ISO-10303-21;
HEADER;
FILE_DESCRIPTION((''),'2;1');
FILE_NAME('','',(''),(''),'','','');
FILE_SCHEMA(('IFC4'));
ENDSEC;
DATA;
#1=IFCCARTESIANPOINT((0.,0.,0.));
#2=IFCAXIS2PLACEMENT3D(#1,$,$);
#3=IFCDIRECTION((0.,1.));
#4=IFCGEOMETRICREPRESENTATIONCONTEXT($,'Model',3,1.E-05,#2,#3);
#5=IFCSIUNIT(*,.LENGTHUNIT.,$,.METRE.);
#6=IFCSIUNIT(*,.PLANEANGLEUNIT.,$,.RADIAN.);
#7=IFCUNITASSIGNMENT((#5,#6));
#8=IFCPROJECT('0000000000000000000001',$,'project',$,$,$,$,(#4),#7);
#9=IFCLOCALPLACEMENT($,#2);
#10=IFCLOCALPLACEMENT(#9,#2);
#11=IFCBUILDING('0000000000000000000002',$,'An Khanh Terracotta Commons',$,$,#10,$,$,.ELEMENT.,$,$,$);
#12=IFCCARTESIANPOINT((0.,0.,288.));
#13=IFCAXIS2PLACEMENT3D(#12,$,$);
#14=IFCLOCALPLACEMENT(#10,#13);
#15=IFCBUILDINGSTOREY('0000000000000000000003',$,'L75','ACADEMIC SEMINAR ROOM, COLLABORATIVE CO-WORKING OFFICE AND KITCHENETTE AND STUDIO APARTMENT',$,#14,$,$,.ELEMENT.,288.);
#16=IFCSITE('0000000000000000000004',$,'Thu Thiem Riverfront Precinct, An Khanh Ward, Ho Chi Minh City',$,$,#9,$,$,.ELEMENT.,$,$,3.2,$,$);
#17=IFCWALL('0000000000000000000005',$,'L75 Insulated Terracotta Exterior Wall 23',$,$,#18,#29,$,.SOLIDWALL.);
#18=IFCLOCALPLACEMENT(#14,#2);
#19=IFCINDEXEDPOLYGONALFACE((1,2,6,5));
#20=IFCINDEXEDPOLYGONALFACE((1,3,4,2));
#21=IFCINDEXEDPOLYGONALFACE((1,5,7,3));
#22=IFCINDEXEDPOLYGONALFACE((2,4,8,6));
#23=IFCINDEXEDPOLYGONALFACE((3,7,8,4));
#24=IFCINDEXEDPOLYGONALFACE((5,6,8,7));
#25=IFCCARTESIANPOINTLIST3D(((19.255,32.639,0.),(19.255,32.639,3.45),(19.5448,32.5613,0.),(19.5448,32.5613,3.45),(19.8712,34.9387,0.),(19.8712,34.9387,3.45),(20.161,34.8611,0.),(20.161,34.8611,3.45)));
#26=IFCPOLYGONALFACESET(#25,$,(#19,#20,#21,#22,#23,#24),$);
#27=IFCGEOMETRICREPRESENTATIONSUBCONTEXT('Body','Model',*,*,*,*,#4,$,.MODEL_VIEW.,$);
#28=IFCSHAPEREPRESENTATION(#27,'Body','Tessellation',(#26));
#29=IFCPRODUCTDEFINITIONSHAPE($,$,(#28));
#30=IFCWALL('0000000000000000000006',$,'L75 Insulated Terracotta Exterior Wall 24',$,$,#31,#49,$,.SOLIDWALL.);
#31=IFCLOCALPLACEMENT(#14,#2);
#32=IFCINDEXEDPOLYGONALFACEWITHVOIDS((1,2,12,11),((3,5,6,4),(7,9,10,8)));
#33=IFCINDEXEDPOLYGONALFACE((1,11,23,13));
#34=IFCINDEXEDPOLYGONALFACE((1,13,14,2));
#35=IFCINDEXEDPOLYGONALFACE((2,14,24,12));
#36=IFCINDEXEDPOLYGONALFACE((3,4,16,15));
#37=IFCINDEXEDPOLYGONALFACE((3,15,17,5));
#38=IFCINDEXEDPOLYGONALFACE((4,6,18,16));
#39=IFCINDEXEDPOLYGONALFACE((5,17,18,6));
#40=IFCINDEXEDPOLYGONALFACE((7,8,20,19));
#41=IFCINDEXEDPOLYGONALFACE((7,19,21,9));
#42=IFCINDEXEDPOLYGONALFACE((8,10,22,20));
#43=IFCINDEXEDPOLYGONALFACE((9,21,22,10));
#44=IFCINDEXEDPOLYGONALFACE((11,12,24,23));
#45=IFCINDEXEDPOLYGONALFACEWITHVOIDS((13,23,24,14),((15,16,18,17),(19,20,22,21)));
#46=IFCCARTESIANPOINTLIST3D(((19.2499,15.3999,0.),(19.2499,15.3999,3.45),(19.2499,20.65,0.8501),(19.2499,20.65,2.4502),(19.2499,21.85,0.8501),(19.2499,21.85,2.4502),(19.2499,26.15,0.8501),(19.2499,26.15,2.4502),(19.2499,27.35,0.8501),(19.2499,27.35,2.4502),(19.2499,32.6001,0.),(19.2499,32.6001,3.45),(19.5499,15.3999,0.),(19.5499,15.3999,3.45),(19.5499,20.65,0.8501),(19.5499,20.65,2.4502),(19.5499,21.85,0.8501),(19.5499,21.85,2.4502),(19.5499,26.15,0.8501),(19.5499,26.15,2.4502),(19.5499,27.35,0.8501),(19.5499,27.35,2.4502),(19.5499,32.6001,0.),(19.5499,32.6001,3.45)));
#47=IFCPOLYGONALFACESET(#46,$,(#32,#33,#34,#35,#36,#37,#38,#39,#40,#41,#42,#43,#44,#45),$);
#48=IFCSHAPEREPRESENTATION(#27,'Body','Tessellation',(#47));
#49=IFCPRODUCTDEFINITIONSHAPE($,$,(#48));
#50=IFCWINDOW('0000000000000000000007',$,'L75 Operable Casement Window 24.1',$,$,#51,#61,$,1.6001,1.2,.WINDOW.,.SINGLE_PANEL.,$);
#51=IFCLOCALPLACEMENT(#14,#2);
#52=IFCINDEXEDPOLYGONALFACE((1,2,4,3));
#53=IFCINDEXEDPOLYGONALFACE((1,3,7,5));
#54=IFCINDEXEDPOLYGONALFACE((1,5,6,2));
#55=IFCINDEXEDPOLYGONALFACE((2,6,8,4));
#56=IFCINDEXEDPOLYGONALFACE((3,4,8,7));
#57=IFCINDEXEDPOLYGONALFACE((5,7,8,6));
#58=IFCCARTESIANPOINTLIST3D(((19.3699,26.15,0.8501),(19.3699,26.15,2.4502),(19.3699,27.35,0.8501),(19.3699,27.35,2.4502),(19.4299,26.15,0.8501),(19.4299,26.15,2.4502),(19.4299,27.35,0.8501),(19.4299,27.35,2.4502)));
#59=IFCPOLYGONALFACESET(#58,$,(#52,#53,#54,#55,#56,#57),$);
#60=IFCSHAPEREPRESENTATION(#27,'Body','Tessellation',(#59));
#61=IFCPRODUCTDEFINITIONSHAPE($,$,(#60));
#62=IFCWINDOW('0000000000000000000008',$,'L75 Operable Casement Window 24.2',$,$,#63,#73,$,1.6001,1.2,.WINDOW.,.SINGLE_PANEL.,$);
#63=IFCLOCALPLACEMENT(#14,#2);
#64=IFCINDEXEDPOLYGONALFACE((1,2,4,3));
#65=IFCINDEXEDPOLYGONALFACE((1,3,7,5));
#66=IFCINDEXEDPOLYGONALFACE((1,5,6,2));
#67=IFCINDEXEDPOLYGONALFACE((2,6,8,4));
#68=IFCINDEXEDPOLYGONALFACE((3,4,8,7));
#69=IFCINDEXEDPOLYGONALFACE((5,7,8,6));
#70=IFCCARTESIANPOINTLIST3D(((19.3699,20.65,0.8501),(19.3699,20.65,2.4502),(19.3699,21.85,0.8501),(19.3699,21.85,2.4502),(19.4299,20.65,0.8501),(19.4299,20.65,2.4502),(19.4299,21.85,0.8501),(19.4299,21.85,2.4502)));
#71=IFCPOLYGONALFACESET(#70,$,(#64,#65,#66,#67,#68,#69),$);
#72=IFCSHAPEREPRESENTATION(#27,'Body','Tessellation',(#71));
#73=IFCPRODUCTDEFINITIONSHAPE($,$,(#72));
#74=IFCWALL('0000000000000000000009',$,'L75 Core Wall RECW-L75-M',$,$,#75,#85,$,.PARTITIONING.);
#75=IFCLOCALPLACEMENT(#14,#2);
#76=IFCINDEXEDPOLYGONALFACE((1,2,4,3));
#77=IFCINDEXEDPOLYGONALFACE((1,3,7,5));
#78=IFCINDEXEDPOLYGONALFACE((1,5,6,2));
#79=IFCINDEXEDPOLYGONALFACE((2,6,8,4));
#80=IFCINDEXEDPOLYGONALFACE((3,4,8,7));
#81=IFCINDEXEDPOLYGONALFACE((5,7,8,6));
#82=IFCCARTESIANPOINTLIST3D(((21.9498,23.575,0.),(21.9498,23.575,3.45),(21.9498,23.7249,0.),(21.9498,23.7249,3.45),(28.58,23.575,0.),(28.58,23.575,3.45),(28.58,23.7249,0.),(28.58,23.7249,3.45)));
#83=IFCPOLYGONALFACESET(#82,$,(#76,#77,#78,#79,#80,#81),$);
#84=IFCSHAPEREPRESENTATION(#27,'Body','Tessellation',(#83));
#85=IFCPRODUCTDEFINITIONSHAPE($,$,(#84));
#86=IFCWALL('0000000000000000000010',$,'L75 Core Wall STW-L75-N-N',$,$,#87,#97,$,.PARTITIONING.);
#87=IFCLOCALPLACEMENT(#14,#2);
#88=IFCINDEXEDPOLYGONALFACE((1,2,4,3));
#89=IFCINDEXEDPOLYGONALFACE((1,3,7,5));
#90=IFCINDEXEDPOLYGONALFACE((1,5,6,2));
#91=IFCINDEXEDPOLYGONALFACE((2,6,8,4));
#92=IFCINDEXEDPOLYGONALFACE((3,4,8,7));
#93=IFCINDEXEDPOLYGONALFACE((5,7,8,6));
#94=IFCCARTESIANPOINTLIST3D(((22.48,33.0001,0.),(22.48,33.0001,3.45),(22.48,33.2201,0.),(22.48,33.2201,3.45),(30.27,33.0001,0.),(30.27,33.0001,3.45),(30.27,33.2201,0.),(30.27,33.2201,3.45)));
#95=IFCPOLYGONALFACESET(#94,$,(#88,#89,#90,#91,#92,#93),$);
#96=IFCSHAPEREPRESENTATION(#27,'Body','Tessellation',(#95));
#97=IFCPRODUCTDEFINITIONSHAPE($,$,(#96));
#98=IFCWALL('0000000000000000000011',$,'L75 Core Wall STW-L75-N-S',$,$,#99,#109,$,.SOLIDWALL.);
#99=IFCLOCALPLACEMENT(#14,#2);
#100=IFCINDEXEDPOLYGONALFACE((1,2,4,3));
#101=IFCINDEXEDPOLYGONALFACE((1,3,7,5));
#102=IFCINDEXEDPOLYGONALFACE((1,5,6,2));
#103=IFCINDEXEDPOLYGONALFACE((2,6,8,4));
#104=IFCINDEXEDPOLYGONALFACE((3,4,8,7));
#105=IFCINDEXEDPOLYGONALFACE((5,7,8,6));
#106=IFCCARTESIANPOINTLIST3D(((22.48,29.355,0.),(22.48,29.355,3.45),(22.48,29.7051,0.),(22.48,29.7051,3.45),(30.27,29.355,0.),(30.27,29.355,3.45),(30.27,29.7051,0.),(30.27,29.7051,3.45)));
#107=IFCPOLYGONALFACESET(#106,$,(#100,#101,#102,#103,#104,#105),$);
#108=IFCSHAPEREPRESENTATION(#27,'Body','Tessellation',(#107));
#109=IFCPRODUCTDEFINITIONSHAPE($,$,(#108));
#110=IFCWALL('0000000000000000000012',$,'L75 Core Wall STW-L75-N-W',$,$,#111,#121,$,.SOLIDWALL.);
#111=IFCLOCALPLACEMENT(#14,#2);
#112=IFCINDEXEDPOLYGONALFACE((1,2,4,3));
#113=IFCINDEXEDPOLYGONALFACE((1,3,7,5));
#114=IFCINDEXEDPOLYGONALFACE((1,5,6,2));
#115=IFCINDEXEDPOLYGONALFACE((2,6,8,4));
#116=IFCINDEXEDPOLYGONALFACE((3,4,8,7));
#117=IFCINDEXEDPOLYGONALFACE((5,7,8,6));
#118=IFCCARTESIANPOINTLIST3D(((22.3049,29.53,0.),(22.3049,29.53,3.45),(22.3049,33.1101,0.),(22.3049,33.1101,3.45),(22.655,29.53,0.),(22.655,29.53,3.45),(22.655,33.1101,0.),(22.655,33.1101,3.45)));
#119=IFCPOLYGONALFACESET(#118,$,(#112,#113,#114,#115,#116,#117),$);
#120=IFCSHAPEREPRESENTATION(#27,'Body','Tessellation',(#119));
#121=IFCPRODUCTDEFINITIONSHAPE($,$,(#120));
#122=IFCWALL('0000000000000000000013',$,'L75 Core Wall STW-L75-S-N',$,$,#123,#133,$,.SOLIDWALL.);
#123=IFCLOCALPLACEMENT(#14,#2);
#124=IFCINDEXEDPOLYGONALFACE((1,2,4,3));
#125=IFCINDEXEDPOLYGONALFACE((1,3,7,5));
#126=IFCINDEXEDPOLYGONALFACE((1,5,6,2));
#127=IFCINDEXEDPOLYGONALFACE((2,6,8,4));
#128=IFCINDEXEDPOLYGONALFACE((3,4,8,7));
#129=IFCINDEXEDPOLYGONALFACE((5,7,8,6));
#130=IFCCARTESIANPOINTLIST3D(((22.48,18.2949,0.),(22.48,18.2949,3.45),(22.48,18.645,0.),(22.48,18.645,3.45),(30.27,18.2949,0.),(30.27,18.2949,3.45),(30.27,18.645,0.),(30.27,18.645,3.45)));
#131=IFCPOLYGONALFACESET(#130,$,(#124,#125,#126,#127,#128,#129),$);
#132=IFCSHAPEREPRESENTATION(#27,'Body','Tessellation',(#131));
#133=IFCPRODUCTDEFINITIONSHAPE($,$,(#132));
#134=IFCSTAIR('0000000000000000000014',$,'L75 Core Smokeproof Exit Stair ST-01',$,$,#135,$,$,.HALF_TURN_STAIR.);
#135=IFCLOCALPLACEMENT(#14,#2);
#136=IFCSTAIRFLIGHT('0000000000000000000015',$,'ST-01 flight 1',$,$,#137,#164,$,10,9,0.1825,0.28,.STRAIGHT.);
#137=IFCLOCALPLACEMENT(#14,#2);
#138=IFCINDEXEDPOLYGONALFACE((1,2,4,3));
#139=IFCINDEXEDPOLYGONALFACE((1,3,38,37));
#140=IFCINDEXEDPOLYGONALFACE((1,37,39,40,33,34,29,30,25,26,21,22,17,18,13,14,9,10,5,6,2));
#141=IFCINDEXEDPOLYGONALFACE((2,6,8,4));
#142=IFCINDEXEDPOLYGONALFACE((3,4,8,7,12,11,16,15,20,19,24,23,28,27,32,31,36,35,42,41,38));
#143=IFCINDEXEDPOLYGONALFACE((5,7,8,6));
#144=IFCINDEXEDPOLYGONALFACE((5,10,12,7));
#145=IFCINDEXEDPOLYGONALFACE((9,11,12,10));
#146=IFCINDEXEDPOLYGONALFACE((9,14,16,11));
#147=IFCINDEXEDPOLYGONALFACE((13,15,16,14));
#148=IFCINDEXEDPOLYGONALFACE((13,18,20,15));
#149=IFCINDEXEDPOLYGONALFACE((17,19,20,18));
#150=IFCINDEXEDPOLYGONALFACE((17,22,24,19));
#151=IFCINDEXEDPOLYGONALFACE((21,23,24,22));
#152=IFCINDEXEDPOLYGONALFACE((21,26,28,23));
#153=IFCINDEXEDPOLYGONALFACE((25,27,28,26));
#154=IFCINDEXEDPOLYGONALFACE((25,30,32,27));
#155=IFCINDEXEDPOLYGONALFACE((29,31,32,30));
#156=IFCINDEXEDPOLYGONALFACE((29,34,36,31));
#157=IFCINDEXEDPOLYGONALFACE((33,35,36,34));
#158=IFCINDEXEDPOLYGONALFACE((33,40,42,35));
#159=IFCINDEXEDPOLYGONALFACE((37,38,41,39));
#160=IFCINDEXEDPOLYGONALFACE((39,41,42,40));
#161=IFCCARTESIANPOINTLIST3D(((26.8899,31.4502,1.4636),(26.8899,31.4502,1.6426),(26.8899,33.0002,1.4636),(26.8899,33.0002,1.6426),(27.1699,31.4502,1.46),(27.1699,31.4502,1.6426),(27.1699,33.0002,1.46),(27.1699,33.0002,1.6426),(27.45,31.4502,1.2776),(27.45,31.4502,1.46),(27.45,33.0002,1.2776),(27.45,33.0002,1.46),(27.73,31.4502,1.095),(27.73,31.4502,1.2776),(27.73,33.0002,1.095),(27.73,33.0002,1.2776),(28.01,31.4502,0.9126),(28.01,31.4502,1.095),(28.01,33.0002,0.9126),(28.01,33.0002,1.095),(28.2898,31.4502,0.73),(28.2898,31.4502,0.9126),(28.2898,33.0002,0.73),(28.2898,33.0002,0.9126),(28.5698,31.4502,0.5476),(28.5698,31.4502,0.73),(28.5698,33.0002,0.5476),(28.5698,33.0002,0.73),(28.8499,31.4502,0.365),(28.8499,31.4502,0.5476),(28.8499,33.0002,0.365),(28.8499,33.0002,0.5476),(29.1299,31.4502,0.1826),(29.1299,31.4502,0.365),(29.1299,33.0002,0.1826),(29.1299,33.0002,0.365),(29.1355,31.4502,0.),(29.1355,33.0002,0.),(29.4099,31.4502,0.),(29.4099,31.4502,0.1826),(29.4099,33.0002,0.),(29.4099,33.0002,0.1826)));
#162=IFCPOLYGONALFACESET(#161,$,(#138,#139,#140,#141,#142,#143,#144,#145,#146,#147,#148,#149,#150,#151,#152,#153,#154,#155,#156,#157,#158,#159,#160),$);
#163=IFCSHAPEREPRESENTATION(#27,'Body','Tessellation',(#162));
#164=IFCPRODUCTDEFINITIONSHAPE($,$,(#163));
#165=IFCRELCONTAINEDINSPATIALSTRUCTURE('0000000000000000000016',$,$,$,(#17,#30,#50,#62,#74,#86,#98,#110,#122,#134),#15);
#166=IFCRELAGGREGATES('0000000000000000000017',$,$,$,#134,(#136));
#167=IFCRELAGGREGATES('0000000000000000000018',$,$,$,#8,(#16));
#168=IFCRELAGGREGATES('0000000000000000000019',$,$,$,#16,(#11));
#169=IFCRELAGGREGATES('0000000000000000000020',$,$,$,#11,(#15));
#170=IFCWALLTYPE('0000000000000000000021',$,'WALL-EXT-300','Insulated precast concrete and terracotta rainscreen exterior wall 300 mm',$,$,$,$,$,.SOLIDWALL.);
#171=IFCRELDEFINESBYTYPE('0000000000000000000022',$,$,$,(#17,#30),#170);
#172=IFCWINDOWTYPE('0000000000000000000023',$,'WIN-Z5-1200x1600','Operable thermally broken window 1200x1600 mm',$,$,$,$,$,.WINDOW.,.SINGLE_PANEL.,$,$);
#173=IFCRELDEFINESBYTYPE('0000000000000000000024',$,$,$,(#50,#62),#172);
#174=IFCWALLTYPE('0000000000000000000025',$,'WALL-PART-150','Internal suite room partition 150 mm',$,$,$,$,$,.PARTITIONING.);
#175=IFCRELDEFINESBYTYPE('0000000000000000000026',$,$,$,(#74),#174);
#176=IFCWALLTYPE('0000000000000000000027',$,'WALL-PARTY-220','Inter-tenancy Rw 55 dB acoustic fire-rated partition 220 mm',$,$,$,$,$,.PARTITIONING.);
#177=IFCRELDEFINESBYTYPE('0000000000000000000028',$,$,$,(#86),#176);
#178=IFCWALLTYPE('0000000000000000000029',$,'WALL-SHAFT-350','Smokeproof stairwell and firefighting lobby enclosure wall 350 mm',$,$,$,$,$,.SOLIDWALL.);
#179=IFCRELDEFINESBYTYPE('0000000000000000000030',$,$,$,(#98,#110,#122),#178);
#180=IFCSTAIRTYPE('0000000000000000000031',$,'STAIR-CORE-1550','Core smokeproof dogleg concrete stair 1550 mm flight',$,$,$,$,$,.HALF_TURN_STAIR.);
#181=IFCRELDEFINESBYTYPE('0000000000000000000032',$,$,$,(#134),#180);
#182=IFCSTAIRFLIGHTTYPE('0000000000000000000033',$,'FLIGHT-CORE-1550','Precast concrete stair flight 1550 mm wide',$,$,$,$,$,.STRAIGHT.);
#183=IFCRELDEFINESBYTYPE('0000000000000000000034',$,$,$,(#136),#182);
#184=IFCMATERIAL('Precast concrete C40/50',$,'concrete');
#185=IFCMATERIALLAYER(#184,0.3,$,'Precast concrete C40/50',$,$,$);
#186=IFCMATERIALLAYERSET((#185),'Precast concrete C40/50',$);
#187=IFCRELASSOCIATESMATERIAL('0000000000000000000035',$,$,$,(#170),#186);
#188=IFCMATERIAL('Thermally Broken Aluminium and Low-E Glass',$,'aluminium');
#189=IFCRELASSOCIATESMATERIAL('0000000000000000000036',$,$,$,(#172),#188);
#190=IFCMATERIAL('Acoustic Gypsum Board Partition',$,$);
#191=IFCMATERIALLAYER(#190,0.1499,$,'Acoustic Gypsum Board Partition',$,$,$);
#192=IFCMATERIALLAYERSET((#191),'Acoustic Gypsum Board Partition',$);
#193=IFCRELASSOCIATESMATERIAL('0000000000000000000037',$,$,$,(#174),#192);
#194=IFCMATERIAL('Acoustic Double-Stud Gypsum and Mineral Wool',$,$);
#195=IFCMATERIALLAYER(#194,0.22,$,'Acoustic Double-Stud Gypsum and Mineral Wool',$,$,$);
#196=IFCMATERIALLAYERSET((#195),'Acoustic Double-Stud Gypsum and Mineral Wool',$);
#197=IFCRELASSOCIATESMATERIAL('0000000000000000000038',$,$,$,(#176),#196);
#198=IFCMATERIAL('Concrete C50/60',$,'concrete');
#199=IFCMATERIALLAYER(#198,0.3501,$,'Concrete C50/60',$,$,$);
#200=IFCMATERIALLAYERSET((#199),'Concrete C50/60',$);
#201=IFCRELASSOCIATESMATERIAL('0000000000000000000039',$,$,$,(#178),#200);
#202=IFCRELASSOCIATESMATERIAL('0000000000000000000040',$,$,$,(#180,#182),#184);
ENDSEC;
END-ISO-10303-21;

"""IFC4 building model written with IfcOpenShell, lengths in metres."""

from ifc_helpers import new_model, si_unit, direction, frame, frame_2d, origin, place, context, subcontext, project, spatial, polyline, rectangle, outline, extrude, material, layer, layer_set, type_object, element, fill, aggregate, save


model = new_model("IFC4")

# Units and contexts
model_context = context("Model", 3, precision=1e-05, world=origin(), true_north=direction((0.0, 1.0)))
body_context = subcontext(model_context, "Body", "Model", "MODEL_VIEW")
ifc_project = project(units=[si_unit("LENGTHUNIT", "METRE"), si_unit("PLANEANGLEUNIT", "RADIAN")], contexts=[model_context])

# Site, building, storey
site_placement = place(None, origin())
site = spatial("IfcSite", under=ifc_project, at=site_placement, Name="Thu Thiem Riverfront Precinct, An Khanh Ward, Ho Chi Minh City", CompositionType="ELEMENT", RefElevation=3.2)
building_placement = place(site_placement, origin())
building = spatial("IfcBuilding", under=site, at=building_placement, Name="An Khanh Terracotta Commons", CompositionType="ELEMENT")
storey_placement = place(building_placement, frame((0.0, 0.0, 288.0)))
storey = spatial("IfcBuildingStorey", under=building, at=storey_placement, Name="L75", Description="ACADEMIC SEMINAR ROOM, COLLABORATIVE CO-WORKING OFFICE AND KITCHENETTE AND STUDIO APARTMENT", CompositionType="ELEMENT", Elevation=288.0)

# Shared definitions
ifc_material_1 = material(Name="Concrete C50/60", Category="concrete")

# Wall
ifc_material_2 = material(Name="Precast concrete C40/50", Category="concrete")
ifc_layer_1 = layer(ifc_material_2, 0.3, Name="Precast concrete C40/50")
ifc_layer_set_1 = layer_set([ifc_layer_1], Name="Precast concrete C40/50")
wall_type_1 = type_object("IfcWallType", Name="WALL-EXT-300", Description="Insulated precast concrete and terracotta rainscreen exterior wall 300 mm", PredefinedType="SOLIDWALL", material=ifc_layer_set_1)
wall_1_placement = place(storey_placement, frame((20.0161, 34.8999, 0.0), z_axis=(0.0, 0.0, 1.0), x_axis=(-0.258811, -0.965928, 0.0)))
element("IfcWall", 1, at=wall_1_placement, inside=storey, type_object=wall_type_1, Name="L75 Insulated Terracotta Exterior Wall 23", PredefinedType="SOLIDWALL", context=body_context, shape_type="SweptSolid", body=[
    extrude(rectangle(XDim=2.3809, YDim=0.3, at=frame_2d((1.1904, 0.0))), origin(), (0.0, 0.0, 1.0), 3.45),
])

# Wall, openings, windows
wall_2_placement = place(storey_placement, frame((19.3999, 32.6001, 0.0), z_axis=(0.0, 0.0, 1.0), x_axis=(0.0, -1.0, 0.0)))
wall_2 = element("IfcWall", 2, at=wall_2_placement, inside=storey, type_object=wall_type_1, Name="L75 Insulated Terracotta Exterior Wall 24", PredefinedType="SOLIDWALL", context=body_context, shape_type="SweptSolid", body=[
    extrude(rectangle(XDim=17.2002, YDim=0.3, at=frame_2d((8.6001, 0.0))), origin(), (0.0, 0.0, 1.0), 3.45),
])
opening_1_placement = place(wall_2_placement, frame((5.25, 0.0, 0.8501)))
opening_1 = element("IfcOpeningElement", 3, at=opening_1_placement, cuts=wall_2, PredefinedType="OPENING", context=body_context, shape_type="SweptSolid", body=[
    extrude(rectangle(XDim=1.2, YDim=1.6001, at=frame_2d((0.6001, 0.8))), frame((0.0, 0.1599, 0.0), z_axis=(0.0, -1.0, 0.0), x_axis=(1.0, 0.0, 0.0)), (0.0, 0.0, 1.0), 0.3201),
])
opening_2_placement = place(wall_2_placement, frame((10.75, 0.0, 0.8501)))
opening_2 = element("IfcOpeningElement", 4, at=opening_2_placement, cuts=wall_2, PredefinedType="OPENING", context=body_context, shape_type="SweptSolid", body=[
    extrude(rectangle(XDim=1.2, YDim=1.6001, at=frame_2d((0.6001, 0.8))), frame((0.0, 0.1599, 0.0), z_axis=(0.0, -1.0, 0.0), x_axis=(1.0, 0.0, 0.0)), (0.0, 0.0, 1.0), 0.3201),
])
ifc_material_3 = material(Name="Thermally Broken Aluminium and Low-E Glass", Category="aluminium")
window_type = type_object("IfcWindowType", Name="WIN-Z5-1200x1600", Description="Operable thermally broken window 1200x1600 mm", PartitioningType="SINGLE_PANEL", PredefinedType="WINDOW", material=ifc_material_3)
window_1_placement = place(opening_1_placement, origin())
window_1 = element("IfcWindow", 5, at=window_1_placement, inside=storey, type_object=window_type, Name="L75 Operable Casement Window 24.1", OverallHeight=1.6001, OverallWidth=1.2, PartitioningType="SINGLE_PANEL", PredefinedType="WINDOW", context=body_context, shape_type="SweptSolid", body=[
    extrude(rectangle(XDim=1.2, YDim=1.6001, at=frame_2d((0.6001, 0.8))), frame((0.0, 0.03, 0.0), z_axis=(0.0, -1.0, 0.0), x_axis=(1.0, 0.0, 0.0)), (0.0, 0.0, 1.0), 0.0601),
])
fill(opening_1, window_1)
window_2_placement = place(opening_2_placement, origin())
window_2 = element("IfcWindow", 6, at=window_2_placement, inside=storey, type_object=window_type, Name="L75 Operable Casement Window 24.2", OverallHeight=1.6001, OverallWidth=1.2, PartitioningType="SINGLE_PANEL", PredefinedType="WINDOW", context=body_context, shape_type="SweptSolid", body=[
    extrude(rectangle(XDim=1.2, YDim=1.6001, at=frame_2d((0.6001, 0.8))), frame((0.0, 0.03, 0.0), z_axis=(0.0, -1.0, 0.0), x_axis=(1.0, 0.0, 0.0)), (0.0, 0.0, 1.0), 0.0601),
])
fill(opening_2, window_2)

# Walls
ifc_material_4 = material(Name="Acoustic Gypsum Board Partition")
ifc_layer_2 = layer(ifc_material_4, 0.1499, Name="Acoustic Gypsum Board Partition")
ifc_layer_set_2 = layer_set([ifc_layer_2], Name="Acoustic Gypsum Board Partition")
wall_type_2 = type_object("IfcWallType", Name="WALL-PART-150", Description="Internal suite room partition 150 mm", PredefinedType="PARTITIONING", material=ifc_layer_set_2)
wall_3_placement = place(storey_placement, frame((21.95, 23.6499, 0.0), z_axis=(0.0, 0.0, 1.0), x_axis=(1.0, 0.0, 0.0)))
element("IfcWall", 7, at=wall_3_placement, inside=storey, type_object=wall_type_2, Name="L75 Core Wall RECW-L75-M", PredefinedType="PARTITIONING", context=body_context, shape_type="SweptSolid", body=[
    extrude(rectangle(XDim=6.6301, YDim=0.1499, at=frame_2d((3.3149, 0.0))), origin(), (0.0, 0.0, 1.0), 3.45),
])
ifc_material_5 = material(Name="Acoustic Double-Stud Gypsum and Mineral Wool")
ifc_layer_3 = layer(ifc_material_5, 0.22, Name="Acoustic Double-Stud Gypsum and Mineral Wool")
ifc_layer_set_3 = layer_set([ifc_layer_3], Name="Acoustic Double-Stud Gypsum and Mineral Wool")
wall_type_3 = type_object("IfcWallType", Name="WALL-PARTY-220", Description="Inter-tenancy Rw 55 dB acoustic fire-rated partition 220 mm", PredefinedType="PARTITIONING", material=ifc_layer_set_3)
wall_4_placement = place(storey_placement, frame((22.48, 33.1101, 0.0), z_axis=(0.0, 0.0, 1.0), x_axis=(1.0, 0.0, 0.0)))
element("IfcWall", 8, at=wall_4_placement, inside=storey, type_object=wall_type_3, Name="L75 Core Wall STW-L75-N-N", PredefinedType="PARTITIONING", context=body_context, shape_type="SweptSolid", body=[
    extrude(rectangle(XDim=7.79, YDim=0.22, at=frame_2d((3.895, 0.0))), origin(), (0.0, 0.0, 1.0), 3.45),
])
ifc_layer_4 = layer(ifc_material_1, 0.3501, Name="Concrete C50/60")
ifc_layer_set_4 = layer_set([ifc_layer_4], Name="Concrete C50/60")
wall_type_4 = type_object("IfcWallType", Name="WALL-SHAFT-350", Description="Smokeproof stairwell and firefighting lobby enclosure wall 350 mm", PredefinedType="SOLIDWALL", material=ifc_layer_set_4)
wall_5_placement = place(storey_placement, frame((22.48, 29.53, 0.0), z_axis=(0.0, 0.0, 1.0), x_axis=(1.0, 0.0, 0.0)))
element("IfcWall", 9, at=wall_5_placement, inside=storey, type_object=wall_type_4, Name="L75 Core Wall STW-L75-N-S", PredefinedType="SOLIDWALL", context=body_context, shape_type="SweptSolid", body=[
    extrude(rectangle(XDim=7.79, YDim=0.3501, at=frame_2d((3.895, 0.0))), origin(), (0.0, 0.0, 1.0), 3.45),
])
wall_6_placement = place(storey_placement, frame((22.48, 29.53, 0.0), z_axis=(0.0, 0.0, 1.0), x_axis=(0.0, 1.0, 0.0)))
element("IfcWall", 10, at=wall_6_placement, inside=storey, type_object=wall_type_4, Name="L75 Core Wall STW-L75-N-W", PredefinedType="SOLIDWALL", context=body_context, shape_type="SweptSolid", body=[
    extrude(rectangle(XDim=3.5801, YDim=0.3501, at=frame_2d((1.79, 0.0))), origin(), (0.0, 0.0, 1.0), 3.45),
])
wall_7_placement = place(storey_placement, frame((22.48, 18.47, 0.0), z_axis=(0.0, 0.0, 1.0), x_axis=(1.0, 0.0, 0.0)))
element("IfcWall", 11, at=wall_7_placement, inside=storey, type_object=wall_type_4, Name="L75 Core Wall STW-L75-S-N", PredefinedType="SOLIDWALL", context=body_context, shape_type="SweptSolid", body=[
    extrude(rectangle(XDim=7.79, YDim=0.3501, at=frame_2d((3.895, 0.0))), origin(), (0.0, 0.0, 1.0), 3.45),
])

# Stair, stair flight
stair_type = type_object("IfcStairType", Name="STAIR-CORE-1550", Description="Core smokeproof dogleg concrete stair 1550 mm flight", PredefinedType="HALF_TURN_STAIR", material=ifc_material_2)
stair_1_placement = place(storey_placement, origin())
stair_1 = element("IfcStair", 12, at=stair_1_placement, inside=storey, type_object=stair_type, Name="L75 Core Smokeproof Exit Stair ST-01", PredefinedType="HALF_TURN_STAIR")
stair_flight_type = type_object("IfcStairFlightType", Name="FLIGHT-CORE-1550", Description="Precast concrete stair flight 1550 mm wide", PredefinedType="STRAIGHT", material=ifc_material_2)
stair_flight_1_placement = place(storey_placement, frame((29.4099, 32.2251, 0.0), z_axis=(0.0, 0.0, 1.0), x_axis=(-1.0, 0.0, 0.0)))
stair_flight_1 = element("IfcStairFlight", 13, at=stair_flight_1_placement, type_object=stair_flight_type, Name="ST-01 flight 1", NumberOfRisers=10, NumberOfTreads=9, PredefinedType="STRAIGHT", RiserHeight=0.1825, TreadLength=0.28, context=body_context, shape_type="SweptSolid", body=[
    extrude(outline(polyline([(0.0, 0.0), (0.0, 0.1826), (0.28, 0.1826), (0.28, 0.365), (0.5601, 0.365), (0.5601, 0.5476), (0.8401, 0.5476), (0.8401, 0.73), (1.1201, 0.73), (1.1201, 0.9126), (1.3999, 0.9126), (1.3999, 1.095), (1.6799, 1.095), (1.6799, 1.2776), (1.96, 1.2776), (1.96, 1.46), (2.24, 1.46), (2.24, 1.6426), (2.52, 1.6426), (2.52, 1.825), (2.52, 1.4636), (0.2744, 0.0), (0.0, 0.0)])), frame((0.0, 0.7749, 0.0), z_axis=(0.0, -1.0, 0.0), x_axis=(1.0, 0.0, 0.0)), (0.0, 0.0, 1.0), 1.55),
])
aggregate(stair_1, [stair_flight_1])

save(model, "model.ifc")
